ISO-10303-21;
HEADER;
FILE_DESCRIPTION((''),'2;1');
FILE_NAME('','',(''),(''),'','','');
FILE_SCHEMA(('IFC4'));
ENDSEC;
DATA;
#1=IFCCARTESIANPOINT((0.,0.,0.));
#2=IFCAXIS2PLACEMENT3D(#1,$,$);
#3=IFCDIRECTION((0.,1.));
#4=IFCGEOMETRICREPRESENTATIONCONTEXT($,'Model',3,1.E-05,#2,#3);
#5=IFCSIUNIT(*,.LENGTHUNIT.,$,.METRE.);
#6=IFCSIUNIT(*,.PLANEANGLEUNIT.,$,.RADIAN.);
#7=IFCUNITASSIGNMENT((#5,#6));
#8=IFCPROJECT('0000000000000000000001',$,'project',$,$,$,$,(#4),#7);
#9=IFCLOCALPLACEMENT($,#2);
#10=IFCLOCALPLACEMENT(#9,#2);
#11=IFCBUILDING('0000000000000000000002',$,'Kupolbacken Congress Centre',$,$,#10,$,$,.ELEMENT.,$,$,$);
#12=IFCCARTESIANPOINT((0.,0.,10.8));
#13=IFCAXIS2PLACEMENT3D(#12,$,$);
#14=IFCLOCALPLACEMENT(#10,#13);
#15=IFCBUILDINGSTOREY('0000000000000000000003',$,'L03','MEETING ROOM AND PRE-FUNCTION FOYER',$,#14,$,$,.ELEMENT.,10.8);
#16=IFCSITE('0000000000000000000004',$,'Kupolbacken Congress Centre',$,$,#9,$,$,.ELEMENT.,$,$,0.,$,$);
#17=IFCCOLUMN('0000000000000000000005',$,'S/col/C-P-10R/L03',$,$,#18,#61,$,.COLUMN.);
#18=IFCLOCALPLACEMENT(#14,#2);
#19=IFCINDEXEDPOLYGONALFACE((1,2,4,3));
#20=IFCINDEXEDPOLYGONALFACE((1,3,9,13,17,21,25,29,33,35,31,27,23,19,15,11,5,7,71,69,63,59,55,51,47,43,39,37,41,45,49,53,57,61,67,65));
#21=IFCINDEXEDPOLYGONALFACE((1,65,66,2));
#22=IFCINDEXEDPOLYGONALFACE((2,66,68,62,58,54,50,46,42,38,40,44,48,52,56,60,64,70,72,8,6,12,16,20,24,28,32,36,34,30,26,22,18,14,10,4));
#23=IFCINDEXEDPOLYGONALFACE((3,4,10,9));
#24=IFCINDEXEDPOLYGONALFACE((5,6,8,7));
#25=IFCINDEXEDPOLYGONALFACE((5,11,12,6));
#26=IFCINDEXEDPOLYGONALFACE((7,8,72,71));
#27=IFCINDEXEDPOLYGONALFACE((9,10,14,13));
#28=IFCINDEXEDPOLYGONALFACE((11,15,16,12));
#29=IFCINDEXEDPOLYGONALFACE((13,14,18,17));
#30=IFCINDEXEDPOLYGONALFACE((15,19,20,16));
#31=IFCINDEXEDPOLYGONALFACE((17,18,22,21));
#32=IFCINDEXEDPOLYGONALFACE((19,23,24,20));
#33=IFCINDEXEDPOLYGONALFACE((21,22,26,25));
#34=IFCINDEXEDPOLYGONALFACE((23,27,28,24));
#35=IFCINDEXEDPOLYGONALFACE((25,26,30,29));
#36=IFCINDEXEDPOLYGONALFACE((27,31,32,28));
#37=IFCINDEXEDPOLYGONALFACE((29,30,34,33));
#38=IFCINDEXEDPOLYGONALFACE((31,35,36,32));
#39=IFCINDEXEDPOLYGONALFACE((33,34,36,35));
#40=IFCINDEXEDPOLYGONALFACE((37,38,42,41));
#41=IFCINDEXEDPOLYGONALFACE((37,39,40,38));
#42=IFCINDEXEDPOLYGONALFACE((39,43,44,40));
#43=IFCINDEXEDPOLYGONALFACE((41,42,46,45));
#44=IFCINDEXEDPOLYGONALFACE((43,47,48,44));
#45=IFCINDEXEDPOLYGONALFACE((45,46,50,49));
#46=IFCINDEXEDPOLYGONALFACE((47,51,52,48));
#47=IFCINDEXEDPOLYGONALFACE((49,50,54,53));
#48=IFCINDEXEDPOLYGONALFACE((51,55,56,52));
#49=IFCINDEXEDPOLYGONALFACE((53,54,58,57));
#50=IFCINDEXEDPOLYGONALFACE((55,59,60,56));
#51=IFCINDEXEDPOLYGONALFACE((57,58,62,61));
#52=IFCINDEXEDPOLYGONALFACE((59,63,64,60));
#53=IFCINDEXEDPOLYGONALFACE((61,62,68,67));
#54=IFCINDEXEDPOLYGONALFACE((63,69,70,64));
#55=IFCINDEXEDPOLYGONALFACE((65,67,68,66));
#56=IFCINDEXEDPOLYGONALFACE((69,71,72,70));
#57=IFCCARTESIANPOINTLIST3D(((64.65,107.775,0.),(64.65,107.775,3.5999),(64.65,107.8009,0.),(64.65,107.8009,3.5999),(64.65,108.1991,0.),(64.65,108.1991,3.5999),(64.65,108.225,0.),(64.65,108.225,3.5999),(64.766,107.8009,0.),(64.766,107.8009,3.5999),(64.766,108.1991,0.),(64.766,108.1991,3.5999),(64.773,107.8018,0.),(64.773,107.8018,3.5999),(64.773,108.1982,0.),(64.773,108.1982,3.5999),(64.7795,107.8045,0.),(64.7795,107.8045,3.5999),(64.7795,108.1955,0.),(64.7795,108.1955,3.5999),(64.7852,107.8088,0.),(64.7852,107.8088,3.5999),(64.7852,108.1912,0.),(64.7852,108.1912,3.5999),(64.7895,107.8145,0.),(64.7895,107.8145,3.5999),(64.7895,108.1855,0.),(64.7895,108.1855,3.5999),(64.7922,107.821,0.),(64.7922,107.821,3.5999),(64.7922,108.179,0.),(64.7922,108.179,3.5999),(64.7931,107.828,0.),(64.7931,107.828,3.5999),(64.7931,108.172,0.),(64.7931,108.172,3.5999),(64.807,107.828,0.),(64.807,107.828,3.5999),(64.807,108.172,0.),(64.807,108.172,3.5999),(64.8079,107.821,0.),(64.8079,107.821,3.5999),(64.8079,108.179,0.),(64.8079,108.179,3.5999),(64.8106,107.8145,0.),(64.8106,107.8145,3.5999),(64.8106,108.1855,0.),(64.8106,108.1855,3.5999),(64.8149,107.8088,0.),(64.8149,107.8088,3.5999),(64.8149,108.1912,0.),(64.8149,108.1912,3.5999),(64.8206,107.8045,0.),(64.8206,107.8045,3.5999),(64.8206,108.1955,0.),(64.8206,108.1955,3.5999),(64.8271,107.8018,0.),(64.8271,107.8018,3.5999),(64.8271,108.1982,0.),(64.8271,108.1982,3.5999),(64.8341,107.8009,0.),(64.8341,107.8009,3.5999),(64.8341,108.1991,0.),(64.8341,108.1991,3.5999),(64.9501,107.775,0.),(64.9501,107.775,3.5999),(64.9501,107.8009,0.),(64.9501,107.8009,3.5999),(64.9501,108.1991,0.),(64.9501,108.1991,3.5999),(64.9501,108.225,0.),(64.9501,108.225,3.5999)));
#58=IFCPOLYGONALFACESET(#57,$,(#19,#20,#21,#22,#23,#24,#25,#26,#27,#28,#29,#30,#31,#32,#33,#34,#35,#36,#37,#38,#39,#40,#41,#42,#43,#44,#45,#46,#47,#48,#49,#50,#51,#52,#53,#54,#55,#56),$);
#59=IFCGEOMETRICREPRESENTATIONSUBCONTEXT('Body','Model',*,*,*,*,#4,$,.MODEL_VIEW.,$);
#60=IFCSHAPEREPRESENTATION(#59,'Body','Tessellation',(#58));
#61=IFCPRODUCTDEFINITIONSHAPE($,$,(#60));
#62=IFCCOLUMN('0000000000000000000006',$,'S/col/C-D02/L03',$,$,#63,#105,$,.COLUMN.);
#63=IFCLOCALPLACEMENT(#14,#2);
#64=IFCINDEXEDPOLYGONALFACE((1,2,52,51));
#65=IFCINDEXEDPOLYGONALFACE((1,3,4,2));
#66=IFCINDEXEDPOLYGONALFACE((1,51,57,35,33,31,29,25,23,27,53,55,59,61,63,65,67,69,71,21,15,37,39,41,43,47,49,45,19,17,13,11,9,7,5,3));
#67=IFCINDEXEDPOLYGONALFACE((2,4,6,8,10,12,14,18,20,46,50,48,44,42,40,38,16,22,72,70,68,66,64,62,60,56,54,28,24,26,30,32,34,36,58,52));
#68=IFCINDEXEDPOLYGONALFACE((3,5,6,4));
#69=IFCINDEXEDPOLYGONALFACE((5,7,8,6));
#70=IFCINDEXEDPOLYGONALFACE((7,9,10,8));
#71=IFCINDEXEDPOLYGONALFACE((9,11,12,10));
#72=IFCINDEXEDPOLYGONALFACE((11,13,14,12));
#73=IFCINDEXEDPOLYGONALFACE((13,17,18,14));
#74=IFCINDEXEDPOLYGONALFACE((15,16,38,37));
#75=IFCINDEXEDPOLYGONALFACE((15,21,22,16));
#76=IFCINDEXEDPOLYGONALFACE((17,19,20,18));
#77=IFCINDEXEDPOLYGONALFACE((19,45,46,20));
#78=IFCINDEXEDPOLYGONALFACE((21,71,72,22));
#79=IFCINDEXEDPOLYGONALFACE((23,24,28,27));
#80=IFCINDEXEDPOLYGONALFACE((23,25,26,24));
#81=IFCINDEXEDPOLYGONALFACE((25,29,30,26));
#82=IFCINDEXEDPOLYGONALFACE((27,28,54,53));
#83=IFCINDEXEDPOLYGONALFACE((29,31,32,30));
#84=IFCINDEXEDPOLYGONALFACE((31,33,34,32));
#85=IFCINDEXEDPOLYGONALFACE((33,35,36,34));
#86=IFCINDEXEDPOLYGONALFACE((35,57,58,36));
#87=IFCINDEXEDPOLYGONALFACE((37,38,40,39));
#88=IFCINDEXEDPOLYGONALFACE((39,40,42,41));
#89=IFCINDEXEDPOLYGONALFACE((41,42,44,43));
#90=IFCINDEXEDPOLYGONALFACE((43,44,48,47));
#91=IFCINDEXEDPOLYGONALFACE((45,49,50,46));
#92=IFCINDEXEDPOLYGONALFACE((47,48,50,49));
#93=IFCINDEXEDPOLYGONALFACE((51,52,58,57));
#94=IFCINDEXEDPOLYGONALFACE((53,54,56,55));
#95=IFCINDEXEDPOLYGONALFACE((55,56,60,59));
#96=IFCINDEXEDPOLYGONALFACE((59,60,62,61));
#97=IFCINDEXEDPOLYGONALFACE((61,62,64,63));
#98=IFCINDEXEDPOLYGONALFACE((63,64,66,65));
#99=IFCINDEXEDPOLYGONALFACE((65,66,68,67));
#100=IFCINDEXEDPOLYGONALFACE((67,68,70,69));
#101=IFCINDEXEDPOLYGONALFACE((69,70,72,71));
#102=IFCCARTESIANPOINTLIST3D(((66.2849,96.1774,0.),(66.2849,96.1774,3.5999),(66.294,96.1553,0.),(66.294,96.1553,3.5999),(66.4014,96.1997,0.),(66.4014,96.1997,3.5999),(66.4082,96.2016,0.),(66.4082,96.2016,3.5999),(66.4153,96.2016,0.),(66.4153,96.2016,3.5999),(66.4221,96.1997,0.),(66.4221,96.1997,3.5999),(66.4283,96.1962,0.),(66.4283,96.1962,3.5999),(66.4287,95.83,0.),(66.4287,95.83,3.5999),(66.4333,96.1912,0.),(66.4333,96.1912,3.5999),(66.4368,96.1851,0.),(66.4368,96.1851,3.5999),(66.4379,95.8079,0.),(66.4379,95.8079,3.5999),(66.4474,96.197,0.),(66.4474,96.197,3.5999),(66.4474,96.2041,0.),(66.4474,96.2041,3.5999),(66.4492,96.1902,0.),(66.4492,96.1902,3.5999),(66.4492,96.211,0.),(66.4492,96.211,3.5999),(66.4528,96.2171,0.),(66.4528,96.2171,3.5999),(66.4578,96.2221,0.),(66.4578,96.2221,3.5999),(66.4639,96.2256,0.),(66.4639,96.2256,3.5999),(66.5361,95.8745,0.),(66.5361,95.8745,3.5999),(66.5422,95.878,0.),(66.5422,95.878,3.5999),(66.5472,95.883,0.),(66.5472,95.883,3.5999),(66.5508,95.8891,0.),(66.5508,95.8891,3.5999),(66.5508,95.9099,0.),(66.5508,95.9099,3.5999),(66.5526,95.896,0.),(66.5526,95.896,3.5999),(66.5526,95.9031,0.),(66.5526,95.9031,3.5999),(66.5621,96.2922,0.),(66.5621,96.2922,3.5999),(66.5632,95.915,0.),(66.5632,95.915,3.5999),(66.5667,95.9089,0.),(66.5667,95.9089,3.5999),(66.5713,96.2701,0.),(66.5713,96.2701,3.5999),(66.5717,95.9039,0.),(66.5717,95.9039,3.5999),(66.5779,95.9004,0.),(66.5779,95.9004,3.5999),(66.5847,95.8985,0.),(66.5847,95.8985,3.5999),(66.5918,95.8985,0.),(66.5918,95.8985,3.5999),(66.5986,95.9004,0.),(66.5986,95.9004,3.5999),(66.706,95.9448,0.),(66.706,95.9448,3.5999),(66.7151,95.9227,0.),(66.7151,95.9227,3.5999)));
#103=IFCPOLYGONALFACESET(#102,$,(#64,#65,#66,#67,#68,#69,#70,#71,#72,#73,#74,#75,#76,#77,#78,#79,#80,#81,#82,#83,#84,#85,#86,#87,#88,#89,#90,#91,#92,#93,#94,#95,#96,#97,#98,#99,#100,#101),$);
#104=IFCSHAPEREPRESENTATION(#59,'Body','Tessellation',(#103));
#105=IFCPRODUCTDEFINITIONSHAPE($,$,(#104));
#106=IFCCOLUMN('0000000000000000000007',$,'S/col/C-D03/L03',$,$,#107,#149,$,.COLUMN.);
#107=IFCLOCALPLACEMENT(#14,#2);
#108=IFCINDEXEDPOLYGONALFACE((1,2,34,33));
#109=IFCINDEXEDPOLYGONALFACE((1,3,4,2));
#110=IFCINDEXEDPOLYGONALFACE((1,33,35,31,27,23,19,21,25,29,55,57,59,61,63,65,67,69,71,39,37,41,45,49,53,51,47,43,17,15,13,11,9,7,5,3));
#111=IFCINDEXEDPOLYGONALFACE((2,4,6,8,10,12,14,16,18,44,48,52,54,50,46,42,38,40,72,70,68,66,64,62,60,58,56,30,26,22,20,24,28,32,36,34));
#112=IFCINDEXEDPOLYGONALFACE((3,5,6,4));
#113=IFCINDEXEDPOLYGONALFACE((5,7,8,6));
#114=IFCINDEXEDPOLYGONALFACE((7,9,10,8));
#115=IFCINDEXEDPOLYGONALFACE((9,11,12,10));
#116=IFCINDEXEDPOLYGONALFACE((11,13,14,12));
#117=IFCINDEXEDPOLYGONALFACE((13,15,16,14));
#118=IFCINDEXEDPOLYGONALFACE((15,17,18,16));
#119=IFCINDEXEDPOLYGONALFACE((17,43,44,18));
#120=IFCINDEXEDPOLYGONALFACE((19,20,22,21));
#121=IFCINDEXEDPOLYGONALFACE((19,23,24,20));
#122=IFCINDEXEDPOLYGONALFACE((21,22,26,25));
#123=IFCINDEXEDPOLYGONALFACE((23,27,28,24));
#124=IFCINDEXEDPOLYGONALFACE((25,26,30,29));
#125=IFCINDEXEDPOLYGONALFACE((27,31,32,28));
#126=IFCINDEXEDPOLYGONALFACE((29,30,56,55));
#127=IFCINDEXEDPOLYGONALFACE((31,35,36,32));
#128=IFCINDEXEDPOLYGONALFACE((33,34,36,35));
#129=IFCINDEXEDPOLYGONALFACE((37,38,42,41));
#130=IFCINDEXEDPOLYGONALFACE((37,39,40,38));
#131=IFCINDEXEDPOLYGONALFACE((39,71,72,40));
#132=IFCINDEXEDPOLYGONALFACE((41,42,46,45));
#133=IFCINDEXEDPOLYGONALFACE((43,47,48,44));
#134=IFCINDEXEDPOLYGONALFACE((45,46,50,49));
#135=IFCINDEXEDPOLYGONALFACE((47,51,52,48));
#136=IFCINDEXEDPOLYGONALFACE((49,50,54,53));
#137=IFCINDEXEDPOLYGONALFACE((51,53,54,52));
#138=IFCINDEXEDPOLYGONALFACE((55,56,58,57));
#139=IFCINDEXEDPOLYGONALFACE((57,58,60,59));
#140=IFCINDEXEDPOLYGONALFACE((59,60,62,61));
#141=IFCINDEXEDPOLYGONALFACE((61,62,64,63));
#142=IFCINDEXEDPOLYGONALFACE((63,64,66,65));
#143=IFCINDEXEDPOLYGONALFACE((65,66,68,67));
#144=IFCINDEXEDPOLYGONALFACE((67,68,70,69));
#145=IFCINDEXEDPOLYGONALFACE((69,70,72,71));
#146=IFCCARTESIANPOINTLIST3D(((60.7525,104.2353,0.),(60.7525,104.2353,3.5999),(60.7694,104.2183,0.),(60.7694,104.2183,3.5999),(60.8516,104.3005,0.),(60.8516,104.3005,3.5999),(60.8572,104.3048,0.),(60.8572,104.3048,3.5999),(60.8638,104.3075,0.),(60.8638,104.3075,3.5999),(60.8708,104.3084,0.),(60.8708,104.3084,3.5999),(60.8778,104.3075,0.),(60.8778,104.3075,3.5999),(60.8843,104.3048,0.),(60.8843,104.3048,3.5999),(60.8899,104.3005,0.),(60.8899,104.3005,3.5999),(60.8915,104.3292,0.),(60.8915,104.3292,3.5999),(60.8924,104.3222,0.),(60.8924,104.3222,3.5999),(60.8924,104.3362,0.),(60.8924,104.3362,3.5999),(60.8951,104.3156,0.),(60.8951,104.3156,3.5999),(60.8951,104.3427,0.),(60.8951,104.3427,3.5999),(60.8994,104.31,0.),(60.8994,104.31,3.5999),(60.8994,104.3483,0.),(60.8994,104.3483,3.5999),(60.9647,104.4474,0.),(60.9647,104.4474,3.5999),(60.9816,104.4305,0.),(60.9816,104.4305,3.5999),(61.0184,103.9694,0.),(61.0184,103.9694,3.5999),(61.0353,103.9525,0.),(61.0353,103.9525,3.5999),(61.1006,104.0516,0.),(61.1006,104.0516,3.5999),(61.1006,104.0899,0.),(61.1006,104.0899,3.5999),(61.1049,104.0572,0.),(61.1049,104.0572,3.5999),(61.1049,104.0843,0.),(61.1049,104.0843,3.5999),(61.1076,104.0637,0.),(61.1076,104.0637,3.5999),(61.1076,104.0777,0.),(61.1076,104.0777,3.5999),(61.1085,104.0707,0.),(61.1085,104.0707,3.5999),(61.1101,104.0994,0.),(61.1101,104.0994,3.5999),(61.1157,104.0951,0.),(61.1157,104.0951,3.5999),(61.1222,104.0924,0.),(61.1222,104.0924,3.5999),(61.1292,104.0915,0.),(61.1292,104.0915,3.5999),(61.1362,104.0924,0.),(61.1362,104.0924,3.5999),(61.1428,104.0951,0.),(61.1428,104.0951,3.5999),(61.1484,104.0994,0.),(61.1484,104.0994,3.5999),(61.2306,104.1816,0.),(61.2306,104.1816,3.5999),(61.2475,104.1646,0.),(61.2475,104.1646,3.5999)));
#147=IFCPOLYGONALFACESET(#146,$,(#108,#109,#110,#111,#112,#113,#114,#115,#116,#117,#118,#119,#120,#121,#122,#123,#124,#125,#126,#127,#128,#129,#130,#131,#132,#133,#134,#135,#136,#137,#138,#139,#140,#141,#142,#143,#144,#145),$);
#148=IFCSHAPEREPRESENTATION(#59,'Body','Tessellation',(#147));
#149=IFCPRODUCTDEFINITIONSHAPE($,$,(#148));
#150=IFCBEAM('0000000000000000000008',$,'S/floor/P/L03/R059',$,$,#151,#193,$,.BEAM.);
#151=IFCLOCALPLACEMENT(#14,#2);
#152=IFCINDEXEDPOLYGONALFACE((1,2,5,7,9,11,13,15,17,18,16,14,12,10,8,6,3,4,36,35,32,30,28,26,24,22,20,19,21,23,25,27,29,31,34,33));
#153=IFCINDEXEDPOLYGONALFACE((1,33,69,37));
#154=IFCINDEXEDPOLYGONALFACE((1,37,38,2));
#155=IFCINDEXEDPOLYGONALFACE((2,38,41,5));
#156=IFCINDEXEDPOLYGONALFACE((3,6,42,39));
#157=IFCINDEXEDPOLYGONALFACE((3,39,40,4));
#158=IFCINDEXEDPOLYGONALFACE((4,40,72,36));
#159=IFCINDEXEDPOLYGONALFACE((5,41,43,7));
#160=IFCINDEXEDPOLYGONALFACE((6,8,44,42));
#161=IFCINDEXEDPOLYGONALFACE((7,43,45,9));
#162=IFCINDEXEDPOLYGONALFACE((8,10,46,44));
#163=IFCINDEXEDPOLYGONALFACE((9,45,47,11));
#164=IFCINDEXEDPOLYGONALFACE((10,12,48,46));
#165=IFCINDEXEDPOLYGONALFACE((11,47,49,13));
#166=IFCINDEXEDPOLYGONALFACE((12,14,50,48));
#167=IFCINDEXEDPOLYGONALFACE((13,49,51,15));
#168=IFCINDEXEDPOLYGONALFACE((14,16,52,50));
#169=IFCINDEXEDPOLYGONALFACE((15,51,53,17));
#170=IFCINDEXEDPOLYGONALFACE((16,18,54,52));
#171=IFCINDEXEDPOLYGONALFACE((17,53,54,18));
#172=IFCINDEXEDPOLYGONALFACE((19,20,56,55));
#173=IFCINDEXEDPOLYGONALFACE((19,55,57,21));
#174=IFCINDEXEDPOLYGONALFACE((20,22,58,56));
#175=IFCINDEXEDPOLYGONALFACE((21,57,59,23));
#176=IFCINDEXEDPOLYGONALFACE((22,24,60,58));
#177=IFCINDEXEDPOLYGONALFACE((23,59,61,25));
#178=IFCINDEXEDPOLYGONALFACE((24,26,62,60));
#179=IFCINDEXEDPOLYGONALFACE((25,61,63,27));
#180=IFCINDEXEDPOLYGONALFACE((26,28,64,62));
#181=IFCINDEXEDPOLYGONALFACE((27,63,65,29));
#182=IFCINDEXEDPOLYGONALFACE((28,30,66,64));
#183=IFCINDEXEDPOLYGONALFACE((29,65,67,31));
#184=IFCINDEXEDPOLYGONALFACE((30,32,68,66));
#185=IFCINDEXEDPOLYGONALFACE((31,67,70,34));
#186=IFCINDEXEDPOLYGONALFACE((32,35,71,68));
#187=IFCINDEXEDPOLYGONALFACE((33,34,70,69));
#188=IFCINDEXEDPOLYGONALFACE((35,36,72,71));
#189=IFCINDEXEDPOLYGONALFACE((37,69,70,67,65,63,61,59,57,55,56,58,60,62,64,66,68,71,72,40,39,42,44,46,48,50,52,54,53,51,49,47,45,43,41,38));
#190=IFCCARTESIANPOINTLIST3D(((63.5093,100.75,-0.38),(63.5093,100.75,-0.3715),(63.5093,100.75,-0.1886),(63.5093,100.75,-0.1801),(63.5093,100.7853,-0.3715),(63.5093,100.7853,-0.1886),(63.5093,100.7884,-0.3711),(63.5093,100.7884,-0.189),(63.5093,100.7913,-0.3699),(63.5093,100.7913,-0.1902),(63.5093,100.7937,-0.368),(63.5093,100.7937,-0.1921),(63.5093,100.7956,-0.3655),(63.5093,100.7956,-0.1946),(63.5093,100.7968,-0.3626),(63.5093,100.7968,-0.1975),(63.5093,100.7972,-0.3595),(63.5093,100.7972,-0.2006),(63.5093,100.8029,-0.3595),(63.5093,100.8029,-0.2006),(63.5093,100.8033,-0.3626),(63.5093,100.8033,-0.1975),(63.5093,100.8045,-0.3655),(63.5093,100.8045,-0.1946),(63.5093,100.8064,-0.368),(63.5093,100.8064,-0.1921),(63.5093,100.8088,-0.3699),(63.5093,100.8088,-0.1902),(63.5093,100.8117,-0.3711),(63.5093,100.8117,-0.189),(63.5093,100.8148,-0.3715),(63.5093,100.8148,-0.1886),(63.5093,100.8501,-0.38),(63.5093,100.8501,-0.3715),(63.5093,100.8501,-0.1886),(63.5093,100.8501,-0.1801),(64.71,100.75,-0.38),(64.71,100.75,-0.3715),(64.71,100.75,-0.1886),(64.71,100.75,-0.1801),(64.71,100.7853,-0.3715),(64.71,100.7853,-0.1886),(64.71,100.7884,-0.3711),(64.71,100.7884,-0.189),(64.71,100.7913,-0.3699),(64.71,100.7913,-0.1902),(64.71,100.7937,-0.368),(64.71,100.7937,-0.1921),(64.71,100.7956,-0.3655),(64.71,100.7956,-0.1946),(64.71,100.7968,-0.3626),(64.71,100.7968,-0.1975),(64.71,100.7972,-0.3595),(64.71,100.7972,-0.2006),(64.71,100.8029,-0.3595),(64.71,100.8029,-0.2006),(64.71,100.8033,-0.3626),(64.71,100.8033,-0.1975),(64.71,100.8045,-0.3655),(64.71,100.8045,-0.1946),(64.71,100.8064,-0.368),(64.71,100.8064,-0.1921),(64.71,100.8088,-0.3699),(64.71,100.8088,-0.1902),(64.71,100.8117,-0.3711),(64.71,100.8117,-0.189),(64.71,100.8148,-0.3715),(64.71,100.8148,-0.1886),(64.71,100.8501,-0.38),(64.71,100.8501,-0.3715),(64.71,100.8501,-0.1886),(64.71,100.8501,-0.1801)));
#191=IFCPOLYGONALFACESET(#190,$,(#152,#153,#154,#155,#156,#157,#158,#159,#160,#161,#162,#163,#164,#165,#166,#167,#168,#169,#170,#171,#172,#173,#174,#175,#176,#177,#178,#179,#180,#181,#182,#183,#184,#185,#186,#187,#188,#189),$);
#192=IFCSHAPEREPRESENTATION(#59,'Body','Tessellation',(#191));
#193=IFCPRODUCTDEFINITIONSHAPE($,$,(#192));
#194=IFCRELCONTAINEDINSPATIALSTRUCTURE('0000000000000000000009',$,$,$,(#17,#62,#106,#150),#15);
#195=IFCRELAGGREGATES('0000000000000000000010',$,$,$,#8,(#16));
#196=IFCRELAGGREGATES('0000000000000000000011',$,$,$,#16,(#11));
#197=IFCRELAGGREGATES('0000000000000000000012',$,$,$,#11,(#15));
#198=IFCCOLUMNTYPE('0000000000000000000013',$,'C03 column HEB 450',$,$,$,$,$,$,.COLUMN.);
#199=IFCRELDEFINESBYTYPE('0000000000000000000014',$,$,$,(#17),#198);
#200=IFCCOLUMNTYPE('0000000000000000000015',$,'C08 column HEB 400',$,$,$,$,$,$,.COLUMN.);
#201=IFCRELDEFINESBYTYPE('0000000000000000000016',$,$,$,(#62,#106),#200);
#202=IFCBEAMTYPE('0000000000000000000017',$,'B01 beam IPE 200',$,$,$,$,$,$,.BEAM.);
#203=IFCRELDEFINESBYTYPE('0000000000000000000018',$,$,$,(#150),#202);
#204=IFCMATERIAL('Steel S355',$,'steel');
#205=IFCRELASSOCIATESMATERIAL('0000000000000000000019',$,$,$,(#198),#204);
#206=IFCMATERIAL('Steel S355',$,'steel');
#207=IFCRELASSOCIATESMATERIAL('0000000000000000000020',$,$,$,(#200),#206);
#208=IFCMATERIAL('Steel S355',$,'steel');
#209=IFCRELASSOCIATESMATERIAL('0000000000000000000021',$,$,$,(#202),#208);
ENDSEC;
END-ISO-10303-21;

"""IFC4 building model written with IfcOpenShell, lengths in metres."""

from ifc_helpers import new_model, si_unit, direction, frame, origin, origin_2d, place, context, subcontext, project, spatial, i_section, extrude, material, material_profile, profile_set, type_object, element, save


model = new_model("IFC4")

# Units and contexts
model_context = context("Model", 3, precision=1e-05, world=origin(), true_north=direction((0.0, 1.0)))
body_context = subcontext(model_context, "Body", "Model", "MODEL_VIEW")
ifc_project = project(units=[si_unit("LENGTHUNIT", "METRE"), si_unit("PLANEANGLEUNIT", "RADIAN")], contexts=[model_context])

# Site, building, storey
site_placement = place(None, origin())
site = spatial("IfcSite", under=ifc_project, at=site_placement, Name="Kupolbacken Congress Centre", CompositionType="ELEMENT", RefElevation=0.0)
building_placement = place(site_placement, origin())
building = spatial("IfcBuilding", under=site, at=building_placement, Name="Kupolbacken Congress Centre", CompositionType="ELEMENT")
storey_placement = place(building_placement, frame((0.0, 0.0, 10.8)))
storey = spatial("IfcBuildingStorey", under=building, at=storey_placement, Name="L03", Description="MEETING ROOM AND PRE-FUNCTION FOYER", CompositionType="ELEMENT", Elevation=10.8)

# Columns
ifc_material_1 = material(Name="Steel S355", Category="steel")
ifc_material_profile_1 = material_profile(ifc_material_1, i_section(OverallWidth=0.3, OverallDepth=0.45, WebThickness=0.0139, FlangeThickness=0.0259, FilletRadius=0.0271, at=origin_2d()), Name="HEB 450")
ifc_profile_set_1 = profile_set([ifc_material_profile_1], Name="Steel S355")
column_type_1 = type_object("IfcColumnType", Name="C03 column HEB 450", PredefinedType="COLUMN", material=ifc_profile_set_1)
column_placement = place(storey_placement, frame((64.8, 108.0, 0.0), z_axis=(0.0, 0.0, 1.0), x_axis=(1.0, 0.0, 0.0)))
element("IfcColumn", 1, at=column_placement, inside=storey, type_object=column_type_1, Name="S/col/C-P-10R/L03", PredefinedType="COLUMN", context=body_context, shape_type="SweptSolid", body=[
    extrude(i_section(OverallWidth=0.3, OverallDepth=0.45, WebThickness=0.0139, FlangeThickness=0.0259, FilletRadius=0.0271, at=origin_2d()), origin(), (0.0, 0.0, 1.0), 3.5999),
])
ifc_material_2 = material(Name="Steel S355", Category="steel")
ifc_material_profile_2 = material_profile(ifc_material_2, i_section(OverallWidth=0.3, OverallDepth=0.3999, WebThickness=0.0134, FlangeThickness=0.0239, FilletRadius=0.0271, at=origin_2d()), Name="HEB 400")
ifc_profile_set_2 = profile_set([ifc_material_profile_2], Name="Steel S355")
column_type_2 = type_object("IfcColumnType", Name="C08 column HEB 400", PredefinedType="COLUMN", material=ifc_profile_set_2)
for number, where, z_axis, x_axis, name in (
    (2, (66.5, 96.05, 0.0), (0.0, 0.0, 1.0), (0.923896, 0.382644, 0.0), "S/col/C-D02/L03"),
    (3, (61.0, 104.2, 0.0), (0.0, 0.0, 1.0), (0.707107, 0.707107, 0.0), "S/col/C-D03/L03"),
):
    element("IfcColumn", number, at=place(storey_placement, frame(where, z_axis=z_axis, x_axis=x_axis)), inside=storey, type_object=column_type_2, Name=name, PredefinedType="COLUMN", context=body_context, shape_type="SweptSolid", body=[
        extrude(i_section(OverallWidth=0.3, OverallDepth=0.3999, WebThickness=0.0134, FlangeThickness=0.0239, FilletRadius=0.0271, at=origin_2d()), origin(), (0.0, 0.0, 1.0), 3.5999),
    ])

# Beam
ifc_material_3 = material(Name="Steel S355", Category="steel")
ifc_material_profile_3 = material_profile(ifc_material_3, i_section(OverallWidth=0.1001, OverallDepth=0.2, WebThickness=0.0056, FlangeThickness=0.0085, FilletRadius=0.012, at=origin_2d()), Name="IPE 200")
ifc_profile_set_3 = profile_set([ifc_material_profile_3], Name="Steel S355")
beam_type_1 = type_object("IfcBeamType", Name="B01 beam IPE 200", PredefinedType="BEAM", material=ifc_profile_set_3)
for number, where, z_axis, x_axis, name in (
    (4, (63.5093, 100.8, -0.28), (1.0, 0.0, 0.0), (0.0, 1.0, 0.0), "S/floor/P/L03/R059"),
):
    element("IfcBeam", number, at=place(storey_placement, frame(where, z_axis=z_axis, x_axis=x_axis)), inside=storey, type_object=beam_type_1, Name=name, PredefinedType="BEAM", context=body_context, shape_type="SweptSolid", body=[
        extrude(i_section(OverallWidth=0.1001, OverallDepth=0.2, WebThickness=0.0056, FlangeThickness=0.0085, FilletRadius=0.012, at=origin_2d()), origin(), (0.0, 0.0, 1.0), 1.2007),
    ])

save(model, "model.ifc")
